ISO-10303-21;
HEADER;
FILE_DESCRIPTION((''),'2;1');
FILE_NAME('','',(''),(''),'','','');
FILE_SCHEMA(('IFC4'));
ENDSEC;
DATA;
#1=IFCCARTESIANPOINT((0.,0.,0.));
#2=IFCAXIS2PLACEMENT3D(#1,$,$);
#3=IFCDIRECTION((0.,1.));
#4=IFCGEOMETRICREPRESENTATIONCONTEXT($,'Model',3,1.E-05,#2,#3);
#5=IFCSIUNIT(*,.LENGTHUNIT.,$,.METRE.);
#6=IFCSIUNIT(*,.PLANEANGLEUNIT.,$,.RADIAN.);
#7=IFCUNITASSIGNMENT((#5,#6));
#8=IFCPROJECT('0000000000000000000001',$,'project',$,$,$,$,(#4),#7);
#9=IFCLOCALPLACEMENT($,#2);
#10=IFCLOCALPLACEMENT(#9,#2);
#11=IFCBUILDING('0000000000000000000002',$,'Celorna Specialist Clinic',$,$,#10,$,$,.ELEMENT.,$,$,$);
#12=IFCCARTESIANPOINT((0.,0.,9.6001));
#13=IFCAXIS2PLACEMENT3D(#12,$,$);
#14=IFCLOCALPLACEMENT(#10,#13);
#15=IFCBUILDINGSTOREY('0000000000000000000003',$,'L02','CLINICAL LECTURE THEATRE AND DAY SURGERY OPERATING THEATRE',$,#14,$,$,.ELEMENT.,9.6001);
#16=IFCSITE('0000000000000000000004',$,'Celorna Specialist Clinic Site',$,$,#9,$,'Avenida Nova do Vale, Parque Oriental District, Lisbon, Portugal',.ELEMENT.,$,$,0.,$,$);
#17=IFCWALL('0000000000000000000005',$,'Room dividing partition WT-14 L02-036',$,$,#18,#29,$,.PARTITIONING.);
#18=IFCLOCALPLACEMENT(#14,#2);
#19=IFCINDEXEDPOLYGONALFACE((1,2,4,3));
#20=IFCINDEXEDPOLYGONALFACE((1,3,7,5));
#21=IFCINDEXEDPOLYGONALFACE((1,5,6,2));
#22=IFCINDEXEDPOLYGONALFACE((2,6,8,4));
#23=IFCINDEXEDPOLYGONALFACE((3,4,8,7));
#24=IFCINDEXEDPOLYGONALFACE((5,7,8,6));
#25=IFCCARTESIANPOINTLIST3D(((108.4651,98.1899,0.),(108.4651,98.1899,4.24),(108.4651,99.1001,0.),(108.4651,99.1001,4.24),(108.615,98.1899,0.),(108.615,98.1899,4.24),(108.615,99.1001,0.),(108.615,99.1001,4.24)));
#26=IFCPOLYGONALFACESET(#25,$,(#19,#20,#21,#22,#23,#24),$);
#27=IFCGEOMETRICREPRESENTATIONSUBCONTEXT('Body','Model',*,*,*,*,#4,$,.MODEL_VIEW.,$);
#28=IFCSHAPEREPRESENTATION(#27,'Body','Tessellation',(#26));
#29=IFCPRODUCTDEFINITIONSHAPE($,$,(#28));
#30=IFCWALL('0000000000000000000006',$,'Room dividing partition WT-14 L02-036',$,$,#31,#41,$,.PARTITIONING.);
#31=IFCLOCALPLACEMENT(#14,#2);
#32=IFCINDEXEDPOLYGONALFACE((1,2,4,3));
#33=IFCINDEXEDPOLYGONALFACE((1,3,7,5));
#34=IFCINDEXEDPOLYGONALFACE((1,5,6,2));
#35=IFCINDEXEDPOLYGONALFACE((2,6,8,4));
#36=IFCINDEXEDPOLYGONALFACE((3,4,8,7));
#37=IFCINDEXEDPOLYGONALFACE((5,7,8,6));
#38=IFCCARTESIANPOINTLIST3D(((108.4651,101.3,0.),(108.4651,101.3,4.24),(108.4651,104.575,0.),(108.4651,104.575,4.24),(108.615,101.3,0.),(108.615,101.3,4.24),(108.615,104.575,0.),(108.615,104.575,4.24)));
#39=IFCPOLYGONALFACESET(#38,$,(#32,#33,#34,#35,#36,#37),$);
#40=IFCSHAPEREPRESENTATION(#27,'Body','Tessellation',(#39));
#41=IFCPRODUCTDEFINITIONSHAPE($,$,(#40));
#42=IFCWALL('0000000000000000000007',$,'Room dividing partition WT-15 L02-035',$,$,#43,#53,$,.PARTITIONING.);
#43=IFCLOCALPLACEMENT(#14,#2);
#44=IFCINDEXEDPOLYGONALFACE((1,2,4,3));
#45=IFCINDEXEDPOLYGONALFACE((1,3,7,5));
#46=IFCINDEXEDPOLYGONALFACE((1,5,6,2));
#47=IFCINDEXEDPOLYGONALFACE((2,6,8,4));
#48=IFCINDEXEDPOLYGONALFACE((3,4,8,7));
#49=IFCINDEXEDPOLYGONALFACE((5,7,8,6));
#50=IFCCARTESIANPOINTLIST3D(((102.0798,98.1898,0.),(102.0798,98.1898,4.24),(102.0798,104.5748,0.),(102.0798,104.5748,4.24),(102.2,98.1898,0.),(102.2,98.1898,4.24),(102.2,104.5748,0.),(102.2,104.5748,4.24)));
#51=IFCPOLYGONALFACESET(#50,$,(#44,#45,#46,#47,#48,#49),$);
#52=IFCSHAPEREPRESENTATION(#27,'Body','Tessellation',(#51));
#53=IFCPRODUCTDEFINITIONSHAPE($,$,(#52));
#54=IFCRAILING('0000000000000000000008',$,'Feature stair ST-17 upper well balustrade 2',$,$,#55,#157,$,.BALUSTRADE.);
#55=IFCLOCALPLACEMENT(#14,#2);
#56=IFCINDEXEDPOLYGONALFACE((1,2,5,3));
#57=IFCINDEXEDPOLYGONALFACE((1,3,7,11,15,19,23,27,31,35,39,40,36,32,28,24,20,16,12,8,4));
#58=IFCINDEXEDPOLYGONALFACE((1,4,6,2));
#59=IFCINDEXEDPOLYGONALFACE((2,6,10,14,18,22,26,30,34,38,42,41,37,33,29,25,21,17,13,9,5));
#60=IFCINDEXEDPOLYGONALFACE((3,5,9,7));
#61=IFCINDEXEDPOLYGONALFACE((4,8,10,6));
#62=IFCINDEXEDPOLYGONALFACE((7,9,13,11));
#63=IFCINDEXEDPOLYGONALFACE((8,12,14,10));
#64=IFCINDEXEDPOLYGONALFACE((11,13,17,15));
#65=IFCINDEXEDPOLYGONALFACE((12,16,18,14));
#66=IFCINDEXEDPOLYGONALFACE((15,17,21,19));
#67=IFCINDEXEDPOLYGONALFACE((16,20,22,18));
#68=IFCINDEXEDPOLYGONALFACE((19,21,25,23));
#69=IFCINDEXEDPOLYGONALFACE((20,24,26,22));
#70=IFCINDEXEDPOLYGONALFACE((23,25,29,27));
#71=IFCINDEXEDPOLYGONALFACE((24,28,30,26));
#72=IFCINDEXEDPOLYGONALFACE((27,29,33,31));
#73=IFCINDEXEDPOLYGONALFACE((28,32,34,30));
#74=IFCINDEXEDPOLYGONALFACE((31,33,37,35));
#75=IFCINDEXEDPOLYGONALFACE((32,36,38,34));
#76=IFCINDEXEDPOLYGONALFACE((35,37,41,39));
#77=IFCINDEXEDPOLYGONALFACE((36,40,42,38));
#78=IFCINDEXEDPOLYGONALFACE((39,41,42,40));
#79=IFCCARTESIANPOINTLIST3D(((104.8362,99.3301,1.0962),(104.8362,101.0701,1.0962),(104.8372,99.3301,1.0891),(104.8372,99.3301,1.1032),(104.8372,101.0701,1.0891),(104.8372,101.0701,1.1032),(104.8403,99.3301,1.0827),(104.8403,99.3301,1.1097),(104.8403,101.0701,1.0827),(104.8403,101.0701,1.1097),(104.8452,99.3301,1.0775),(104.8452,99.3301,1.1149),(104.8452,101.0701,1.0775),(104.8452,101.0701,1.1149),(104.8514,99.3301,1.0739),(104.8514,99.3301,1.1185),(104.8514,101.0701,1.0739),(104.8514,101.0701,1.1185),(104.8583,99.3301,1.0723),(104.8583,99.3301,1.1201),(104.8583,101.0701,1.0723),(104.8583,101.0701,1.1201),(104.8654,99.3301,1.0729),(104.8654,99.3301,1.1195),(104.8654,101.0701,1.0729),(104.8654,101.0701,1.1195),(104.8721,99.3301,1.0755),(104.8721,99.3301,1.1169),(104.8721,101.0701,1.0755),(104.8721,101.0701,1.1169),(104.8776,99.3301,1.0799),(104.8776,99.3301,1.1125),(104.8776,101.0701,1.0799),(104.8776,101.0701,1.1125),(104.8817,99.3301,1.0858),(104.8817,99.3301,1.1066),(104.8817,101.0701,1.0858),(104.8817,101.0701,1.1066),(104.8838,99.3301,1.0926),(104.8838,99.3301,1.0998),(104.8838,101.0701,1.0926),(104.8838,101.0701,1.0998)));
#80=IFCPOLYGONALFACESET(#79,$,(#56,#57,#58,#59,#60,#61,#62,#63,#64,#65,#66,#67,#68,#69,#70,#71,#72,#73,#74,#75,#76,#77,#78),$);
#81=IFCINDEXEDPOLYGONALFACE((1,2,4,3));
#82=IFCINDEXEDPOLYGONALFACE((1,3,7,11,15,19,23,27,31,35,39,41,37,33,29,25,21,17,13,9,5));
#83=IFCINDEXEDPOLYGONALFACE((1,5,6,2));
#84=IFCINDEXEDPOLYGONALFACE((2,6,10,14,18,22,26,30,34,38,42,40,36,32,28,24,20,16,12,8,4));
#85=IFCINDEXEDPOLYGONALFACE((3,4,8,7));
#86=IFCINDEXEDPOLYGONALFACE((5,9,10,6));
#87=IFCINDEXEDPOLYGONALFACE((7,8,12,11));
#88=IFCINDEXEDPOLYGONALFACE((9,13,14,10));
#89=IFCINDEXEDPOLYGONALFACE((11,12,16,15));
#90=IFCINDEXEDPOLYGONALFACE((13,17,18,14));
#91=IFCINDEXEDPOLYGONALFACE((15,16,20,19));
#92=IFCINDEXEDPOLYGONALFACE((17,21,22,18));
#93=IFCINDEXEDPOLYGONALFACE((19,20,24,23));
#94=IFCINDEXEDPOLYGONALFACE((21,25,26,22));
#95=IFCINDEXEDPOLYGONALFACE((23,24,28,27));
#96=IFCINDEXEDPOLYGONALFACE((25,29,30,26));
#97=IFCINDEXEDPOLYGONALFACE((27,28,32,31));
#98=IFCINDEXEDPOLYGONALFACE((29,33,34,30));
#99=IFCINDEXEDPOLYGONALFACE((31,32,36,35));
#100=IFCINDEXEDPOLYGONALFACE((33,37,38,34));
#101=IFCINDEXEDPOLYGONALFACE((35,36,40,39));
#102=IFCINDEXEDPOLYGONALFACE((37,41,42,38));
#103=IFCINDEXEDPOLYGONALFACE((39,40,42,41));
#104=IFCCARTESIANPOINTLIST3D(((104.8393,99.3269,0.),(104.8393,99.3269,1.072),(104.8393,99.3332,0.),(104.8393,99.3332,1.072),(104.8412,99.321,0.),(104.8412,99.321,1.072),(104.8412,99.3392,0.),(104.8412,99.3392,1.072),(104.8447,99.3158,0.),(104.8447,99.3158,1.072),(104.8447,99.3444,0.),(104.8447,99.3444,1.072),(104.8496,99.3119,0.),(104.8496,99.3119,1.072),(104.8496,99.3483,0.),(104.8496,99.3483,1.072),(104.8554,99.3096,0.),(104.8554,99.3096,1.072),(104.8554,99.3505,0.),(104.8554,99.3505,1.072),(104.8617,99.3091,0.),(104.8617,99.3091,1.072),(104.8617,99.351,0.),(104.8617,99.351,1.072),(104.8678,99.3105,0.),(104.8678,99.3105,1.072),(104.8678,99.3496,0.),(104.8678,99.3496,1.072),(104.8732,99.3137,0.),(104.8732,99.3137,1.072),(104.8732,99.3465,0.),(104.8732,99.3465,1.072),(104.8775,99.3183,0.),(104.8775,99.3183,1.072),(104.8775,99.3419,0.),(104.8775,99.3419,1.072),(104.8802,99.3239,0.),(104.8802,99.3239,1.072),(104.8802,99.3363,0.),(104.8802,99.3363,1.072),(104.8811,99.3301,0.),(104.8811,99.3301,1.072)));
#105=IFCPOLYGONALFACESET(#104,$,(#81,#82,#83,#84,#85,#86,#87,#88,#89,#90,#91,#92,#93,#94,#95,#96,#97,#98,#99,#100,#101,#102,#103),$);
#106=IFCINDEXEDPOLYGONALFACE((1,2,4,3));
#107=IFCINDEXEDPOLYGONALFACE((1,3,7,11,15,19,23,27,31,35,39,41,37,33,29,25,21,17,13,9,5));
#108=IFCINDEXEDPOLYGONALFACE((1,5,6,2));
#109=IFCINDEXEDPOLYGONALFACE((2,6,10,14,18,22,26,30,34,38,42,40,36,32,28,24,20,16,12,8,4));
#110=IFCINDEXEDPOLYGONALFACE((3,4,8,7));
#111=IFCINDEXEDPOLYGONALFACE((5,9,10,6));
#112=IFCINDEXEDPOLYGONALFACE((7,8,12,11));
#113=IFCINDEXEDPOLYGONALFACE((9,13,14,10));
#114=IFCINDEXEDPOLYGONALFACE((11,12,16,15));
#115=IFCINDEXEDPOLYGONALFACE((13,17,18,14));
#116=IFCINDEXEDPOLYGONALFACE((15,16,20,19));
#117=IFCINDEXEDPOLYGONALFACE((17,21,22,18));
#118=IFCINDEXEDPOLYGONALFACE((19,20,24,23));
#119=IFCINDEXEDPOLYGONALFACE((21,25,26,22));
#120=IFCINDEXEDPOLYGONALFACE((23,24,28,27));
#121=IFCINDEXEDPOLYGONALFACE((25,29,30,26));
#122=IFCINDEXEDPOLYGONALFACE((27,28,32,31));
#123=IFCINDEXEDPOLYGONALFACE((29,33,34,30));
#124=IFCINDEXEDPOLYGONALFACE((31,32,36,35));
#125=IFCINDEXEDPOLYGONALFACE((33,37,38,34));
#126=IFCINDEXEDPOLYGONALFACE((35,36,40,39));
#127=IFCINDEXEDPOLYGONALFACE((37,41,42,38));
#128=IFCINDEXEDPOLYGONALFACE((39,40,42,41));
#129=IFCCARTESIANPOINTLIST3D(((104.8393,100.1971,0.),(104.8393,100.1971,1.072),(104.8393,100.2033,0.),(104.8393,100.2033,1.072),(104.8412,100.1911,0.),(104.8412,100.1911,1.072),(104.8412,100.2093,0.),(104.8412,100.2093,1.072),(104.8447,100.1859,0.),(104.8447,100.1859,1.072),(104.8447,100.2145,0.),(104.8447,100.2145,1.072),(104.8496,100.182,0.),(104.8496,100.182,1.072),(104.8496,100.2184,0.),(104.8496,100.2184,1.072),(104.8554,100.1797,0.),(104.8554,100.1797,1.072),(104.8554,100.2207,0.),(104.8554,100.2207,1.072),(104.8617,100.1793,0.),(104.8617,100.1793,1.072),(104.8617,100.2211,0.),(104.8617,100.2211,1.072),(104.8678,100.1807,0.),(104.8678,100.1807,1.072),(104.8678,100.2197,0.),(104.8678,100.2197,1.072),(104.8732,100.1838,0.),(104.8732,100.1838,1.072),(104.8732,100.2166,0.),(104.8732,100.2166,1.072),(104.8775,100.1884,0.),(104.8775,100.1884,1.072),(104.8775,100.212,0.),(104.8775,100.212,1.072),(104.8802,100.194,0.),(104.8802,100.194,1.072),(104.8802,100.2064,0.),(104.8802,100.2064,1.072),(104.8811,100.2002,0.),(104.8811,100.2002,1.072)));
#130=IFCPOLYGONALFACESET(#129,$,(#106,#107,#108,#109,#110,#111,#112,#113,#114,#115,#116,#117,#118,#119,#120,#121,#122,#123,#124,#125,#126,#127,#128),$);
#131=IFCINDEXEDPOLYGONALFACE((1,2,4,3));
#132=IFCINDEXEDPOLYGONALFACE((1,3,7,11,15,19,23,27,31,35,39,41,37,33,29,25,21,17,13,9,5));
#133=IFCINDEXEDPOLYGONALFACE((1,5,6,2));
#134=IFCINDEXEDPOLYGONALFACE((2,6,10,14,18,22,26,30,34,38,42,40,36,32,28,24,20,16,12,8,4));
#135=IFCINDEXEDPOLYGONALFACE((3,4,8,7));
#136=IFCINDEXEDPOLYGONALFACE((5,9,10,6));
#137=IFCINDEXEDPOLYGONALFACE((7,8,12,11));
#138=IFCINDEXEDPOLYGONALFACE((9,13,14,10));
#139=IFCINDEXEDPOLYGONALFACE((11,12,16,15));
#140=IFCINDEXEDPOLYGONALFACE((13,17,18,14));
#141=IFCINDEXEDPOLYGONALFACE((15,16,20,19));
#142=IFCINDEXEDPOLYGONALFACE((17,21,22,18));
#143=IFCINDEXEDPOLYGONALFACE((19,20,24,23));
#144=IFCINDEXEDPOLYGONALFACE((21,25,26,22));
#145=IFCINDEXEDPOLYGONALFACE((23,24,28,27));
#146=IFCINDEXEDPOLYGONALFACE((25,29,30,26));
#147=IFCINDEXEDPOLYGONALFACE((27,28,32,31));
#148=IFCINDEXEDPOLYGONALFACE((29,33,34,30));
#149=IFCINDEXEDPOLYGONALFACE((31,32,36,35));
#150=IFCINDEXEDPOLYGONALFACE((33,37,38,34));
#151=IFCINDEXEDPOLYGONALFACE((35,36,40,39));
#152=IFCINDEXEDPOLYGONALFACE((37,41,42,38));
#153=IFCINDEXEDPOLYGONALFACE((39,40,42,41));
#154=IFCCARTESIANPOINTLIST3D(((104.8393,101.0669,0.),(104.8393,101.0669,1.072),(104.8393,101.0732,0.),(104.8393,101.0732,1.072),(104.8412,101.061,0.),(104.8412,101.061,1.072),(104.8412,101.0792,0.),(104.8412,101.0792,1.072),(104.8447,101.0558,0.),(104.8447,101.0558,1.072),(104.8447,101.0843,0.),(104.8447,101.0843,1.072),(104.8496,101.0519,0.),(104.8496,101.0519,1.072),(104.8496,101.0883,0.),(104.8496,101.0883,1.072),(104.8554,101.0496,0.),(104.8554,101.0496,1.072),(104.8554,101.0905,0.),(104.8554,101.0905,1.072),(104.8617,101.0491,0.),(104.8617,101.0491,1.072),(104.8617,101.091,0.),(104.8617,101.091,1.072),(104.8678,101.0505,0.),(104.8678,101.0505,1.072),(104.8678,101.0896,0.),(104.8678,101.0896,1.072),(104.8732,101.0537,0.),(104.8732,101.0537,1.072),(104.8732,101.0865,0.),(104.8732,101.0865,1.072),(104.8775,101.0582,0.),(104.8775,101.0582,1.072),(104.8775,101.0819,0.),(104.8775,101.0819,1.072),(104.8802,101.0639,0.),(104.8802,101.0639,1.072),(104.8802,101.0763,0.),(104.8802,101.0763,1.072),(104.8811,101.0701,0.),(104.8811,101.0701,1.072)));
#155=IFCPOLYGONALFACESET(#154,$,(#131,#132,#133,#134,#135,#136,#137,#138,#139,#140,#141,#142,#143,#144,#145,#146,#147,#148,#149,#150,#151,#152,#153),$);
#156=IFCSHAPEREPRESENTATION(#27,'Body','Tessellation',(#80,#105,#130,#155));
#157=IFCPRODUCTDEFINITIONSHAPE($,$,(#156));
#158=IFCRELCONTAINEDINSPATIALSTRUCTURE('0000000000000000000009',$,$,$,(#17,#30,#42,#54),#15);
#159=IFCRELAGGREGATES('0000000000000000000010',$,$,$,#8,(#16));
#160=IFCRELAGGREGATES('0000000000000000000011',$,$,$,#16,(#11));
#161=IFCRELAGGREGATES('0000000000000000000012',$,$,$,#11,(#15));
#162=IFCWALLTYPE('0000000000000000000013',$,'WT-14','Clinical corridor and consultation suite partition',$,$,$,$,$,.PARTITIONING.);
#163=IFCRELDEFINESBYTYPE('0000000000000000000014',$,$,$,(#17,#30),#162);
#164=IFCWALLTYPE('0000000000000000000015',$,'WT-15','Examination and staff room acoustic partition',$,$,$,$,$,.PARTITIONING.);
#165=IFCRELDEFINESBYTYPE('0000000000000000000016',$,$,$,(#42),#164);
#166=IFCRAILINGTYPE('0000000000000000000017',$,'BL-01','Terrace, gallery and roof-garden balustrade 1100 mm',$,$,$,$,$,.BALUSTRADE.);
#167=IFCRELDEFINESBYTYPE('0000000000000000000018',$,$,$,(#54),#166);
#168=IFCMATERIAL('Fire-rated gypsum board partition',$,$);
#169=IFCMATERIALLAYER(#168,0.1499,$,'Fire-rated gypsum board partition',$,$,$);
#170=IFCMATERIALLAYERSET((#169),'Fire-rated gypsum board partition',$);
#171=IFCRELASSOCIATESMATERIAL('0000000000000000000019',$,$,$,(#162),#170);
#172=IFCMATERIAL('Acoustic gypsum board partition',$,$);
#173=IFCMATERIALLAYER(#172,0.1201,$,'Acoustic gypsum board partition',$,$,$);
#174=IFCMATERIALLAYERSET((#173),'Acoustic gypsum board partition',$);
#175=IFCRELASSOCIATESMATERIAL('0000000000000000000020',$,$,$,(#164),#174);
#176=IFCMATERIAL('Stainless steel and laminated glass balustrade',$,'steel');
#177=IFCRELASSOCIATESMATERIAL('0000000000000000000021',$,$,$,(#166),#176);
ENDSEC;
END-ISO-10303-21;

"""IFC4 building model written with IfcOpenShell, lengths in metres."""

from ifc_helpers import new_model, si_unit, direction, frame, frame_2d, origin, origin_2d, place, context, subcontext, project, spatial, rectangle, circle, extrude, material, layer, layer_set, type_object, element, save


model = new_model("IFC4")

# Units and contexts
model_context = context("Model", 3, precision=1e-05, world=origin(), true_north=direction((0.0, 1.0)))
body_context = subcontext(model_context, "Body", "Model", "MODEL_VIEW")
ifc_project = project(units=[si_unit("LENGTHUNIT", "METRE"), si_unit("PLANEANGLEUNIT", "RADIAN")], contexts=[model_context])

# Site, building, storey
site_placement = place(None, origin())
site = spatial("IfcSite", under=ifc_project, at=site_placement, Name="Celorna Specialist Clinic Site", LongName="Avenida Nova do Vale, Parque Oriental District, Lisbon, Portugal", CompositionType="ELEMENT", RefElevation=0.0)
building_placement = place(site_placement, origin())
building = spatial("IfcBuilding", under=site, at=building_placement, Name="Celorna Specialist Clinic", CompositionType="ELEMENT")
storey_placement = place(building_placement, frame((0.0, 0.0, 9.6001)))
storey = spatial("IfcBuildingStorey", under=building, at=storey_placement, Name="L02", Description="CLINICAL LECTURE THEATRE AND DAY SURGERY OPERATING THEATRE", CompositionType="ELEMENT", Elevation=9.6001)

# Walls
ifc_material_1 = material(Name="Fire-rated gypsum board partition")
ifc_layer_1 = layer(ifc_material_1, 0.1499, Name="Fire-rated gypsum board partition")
ifc_layer_set_1 = layer_set([ifc_layer_1], Name="Fire-rated gypsum board partition")
wall_type_1 = type_object("IfcWallType", Name="WT-14", Description="Clinical corridor and consultation suite partition", PredefinedType="PARTITIONING", material=ifc_layer_set_1)
wall_1_placement = place(storey_placement, frame((108.54, 98.1899, 0.0), z_axis=(0.0, 0.0, 1.0), x_axis=(0.0, 1.0, 0.0)))
element("IfcWall", 1, at=wall_1_placement, inside=storey, type_object=wall_type_1, Name="Room dividing partition WT-14 L02-036", PredefinedType="PARTITIONING", context=body_context, shape_type="SweptSolid", body=[
    extrude(rectangle(XDim=0.9102, YDim=0.1499, at=frame_2d((0.4551, 0.0))), origin(), (0.0, 0.0, 1.0), 4.24),
])
wall_2_placement = place(storey_placement, frame((108.54, 101.3, 0.0), z_axis=(0.0, 0.0, 1.0), x_axis=(0.0, 1.0, 0.0)))
element("IfcWall", 2, at=wall_2_placement, inside=storey, type_object=wall_type_1, Name="Room dividing partition WT-14 L02-036", PredefinedType="PARTITIONING", context=body_context, shape_type="SweptSolid", body=[
    extrude(rectangle(XDim=3.2749, YDim=0.1499, at=frame_2d((1.6375, 0.0))), origin(), (0.0, 0.0, 1.0), 4.24),
])
ifc_material_2 = material(Name="Acoustic gypsum board partition")
ifc_layer_2 = layer(ifc_material_2, 0.1201, Name="Acoustic gypsum board partition")
ifc_layer_set_2 = layer_set([ifc_layer_2], Name="Acoustic gypsum board partition")
wall_type_2 = type_object("IfcWallType", Name="WT-15", Description="Examination and staff room acoustic partition", PredefinedType="PARTITIONING", material=ifc_layer_set_2)
wall_3_placement = place(storey_placement, frame((102.1399, 98.1899, 0.0), z_axis=(0.0, 0.0, 1.0), x_axis=(0.0, 1.0, 0.0)))
element("IfcWall", 3, at=wall_3_placement, inside=storey, type_object=wall_type_2, Name="Room dividing partition WT-15 L02-035", PredefinedType="PARTITIONING", context=body_context, shape_type="SweptSolid", body=[
    extrude(rectangle(XDim=6.385, YDim=0.1201, at=frame_2d((3.1924, 0.0))), origin(), (0.0, 0.0, 1.0), 4.24),
])

# Railing
ifc_material_3 = material(Name="Stainless steel and laminated glass balustrade", Category="steel")
railing_type = type_object("IfcRailingType", Name="BL-01", Description="Terrace, gallery and roof-garden balustrade 1100 mm", PredefinedType="BALUSTRADE", material=ifc_material_3)
railing_1_placement = place(storey_placement, frame((104.8601, 99.3301, 0.0)))
element("IfcRailing", 4, at=railing_1_placement, inside=storey, type_object=railing_type, Name="Feature stair ST-17 upper well balustrade 2", PredefinedType="BALUSTRADE", context=body_context, shape_type="SweptSolid", body=[
    extrude(circle(Radius=0.0239, at=origin_2d()), frame((0.0, 0.0, 1.0962), z_axis=(0.0, 1.0, 0.0), x_axis=(-1.0, 0.0, 0.0)), (0.0, 0.0, 1.0), 1.74),
    extrude(circle(Radius=0.021, at=origin_2d()), origin(), (0.0, 0.0, 1.0), 1.072),
    extrude(circle(Radius=0.021, at=origin_2d()), frame((0.0, 0.8701, 0.0)), (0.0, 0.0, 1.0), 1.072),
    extrude(circle(Radius=0.021, at=origin_2d()), frame((0.0, 1.74, 0.0)), (0.0, 0.0, 1.0), 1.072),
])

save(model, "model.ifc")
